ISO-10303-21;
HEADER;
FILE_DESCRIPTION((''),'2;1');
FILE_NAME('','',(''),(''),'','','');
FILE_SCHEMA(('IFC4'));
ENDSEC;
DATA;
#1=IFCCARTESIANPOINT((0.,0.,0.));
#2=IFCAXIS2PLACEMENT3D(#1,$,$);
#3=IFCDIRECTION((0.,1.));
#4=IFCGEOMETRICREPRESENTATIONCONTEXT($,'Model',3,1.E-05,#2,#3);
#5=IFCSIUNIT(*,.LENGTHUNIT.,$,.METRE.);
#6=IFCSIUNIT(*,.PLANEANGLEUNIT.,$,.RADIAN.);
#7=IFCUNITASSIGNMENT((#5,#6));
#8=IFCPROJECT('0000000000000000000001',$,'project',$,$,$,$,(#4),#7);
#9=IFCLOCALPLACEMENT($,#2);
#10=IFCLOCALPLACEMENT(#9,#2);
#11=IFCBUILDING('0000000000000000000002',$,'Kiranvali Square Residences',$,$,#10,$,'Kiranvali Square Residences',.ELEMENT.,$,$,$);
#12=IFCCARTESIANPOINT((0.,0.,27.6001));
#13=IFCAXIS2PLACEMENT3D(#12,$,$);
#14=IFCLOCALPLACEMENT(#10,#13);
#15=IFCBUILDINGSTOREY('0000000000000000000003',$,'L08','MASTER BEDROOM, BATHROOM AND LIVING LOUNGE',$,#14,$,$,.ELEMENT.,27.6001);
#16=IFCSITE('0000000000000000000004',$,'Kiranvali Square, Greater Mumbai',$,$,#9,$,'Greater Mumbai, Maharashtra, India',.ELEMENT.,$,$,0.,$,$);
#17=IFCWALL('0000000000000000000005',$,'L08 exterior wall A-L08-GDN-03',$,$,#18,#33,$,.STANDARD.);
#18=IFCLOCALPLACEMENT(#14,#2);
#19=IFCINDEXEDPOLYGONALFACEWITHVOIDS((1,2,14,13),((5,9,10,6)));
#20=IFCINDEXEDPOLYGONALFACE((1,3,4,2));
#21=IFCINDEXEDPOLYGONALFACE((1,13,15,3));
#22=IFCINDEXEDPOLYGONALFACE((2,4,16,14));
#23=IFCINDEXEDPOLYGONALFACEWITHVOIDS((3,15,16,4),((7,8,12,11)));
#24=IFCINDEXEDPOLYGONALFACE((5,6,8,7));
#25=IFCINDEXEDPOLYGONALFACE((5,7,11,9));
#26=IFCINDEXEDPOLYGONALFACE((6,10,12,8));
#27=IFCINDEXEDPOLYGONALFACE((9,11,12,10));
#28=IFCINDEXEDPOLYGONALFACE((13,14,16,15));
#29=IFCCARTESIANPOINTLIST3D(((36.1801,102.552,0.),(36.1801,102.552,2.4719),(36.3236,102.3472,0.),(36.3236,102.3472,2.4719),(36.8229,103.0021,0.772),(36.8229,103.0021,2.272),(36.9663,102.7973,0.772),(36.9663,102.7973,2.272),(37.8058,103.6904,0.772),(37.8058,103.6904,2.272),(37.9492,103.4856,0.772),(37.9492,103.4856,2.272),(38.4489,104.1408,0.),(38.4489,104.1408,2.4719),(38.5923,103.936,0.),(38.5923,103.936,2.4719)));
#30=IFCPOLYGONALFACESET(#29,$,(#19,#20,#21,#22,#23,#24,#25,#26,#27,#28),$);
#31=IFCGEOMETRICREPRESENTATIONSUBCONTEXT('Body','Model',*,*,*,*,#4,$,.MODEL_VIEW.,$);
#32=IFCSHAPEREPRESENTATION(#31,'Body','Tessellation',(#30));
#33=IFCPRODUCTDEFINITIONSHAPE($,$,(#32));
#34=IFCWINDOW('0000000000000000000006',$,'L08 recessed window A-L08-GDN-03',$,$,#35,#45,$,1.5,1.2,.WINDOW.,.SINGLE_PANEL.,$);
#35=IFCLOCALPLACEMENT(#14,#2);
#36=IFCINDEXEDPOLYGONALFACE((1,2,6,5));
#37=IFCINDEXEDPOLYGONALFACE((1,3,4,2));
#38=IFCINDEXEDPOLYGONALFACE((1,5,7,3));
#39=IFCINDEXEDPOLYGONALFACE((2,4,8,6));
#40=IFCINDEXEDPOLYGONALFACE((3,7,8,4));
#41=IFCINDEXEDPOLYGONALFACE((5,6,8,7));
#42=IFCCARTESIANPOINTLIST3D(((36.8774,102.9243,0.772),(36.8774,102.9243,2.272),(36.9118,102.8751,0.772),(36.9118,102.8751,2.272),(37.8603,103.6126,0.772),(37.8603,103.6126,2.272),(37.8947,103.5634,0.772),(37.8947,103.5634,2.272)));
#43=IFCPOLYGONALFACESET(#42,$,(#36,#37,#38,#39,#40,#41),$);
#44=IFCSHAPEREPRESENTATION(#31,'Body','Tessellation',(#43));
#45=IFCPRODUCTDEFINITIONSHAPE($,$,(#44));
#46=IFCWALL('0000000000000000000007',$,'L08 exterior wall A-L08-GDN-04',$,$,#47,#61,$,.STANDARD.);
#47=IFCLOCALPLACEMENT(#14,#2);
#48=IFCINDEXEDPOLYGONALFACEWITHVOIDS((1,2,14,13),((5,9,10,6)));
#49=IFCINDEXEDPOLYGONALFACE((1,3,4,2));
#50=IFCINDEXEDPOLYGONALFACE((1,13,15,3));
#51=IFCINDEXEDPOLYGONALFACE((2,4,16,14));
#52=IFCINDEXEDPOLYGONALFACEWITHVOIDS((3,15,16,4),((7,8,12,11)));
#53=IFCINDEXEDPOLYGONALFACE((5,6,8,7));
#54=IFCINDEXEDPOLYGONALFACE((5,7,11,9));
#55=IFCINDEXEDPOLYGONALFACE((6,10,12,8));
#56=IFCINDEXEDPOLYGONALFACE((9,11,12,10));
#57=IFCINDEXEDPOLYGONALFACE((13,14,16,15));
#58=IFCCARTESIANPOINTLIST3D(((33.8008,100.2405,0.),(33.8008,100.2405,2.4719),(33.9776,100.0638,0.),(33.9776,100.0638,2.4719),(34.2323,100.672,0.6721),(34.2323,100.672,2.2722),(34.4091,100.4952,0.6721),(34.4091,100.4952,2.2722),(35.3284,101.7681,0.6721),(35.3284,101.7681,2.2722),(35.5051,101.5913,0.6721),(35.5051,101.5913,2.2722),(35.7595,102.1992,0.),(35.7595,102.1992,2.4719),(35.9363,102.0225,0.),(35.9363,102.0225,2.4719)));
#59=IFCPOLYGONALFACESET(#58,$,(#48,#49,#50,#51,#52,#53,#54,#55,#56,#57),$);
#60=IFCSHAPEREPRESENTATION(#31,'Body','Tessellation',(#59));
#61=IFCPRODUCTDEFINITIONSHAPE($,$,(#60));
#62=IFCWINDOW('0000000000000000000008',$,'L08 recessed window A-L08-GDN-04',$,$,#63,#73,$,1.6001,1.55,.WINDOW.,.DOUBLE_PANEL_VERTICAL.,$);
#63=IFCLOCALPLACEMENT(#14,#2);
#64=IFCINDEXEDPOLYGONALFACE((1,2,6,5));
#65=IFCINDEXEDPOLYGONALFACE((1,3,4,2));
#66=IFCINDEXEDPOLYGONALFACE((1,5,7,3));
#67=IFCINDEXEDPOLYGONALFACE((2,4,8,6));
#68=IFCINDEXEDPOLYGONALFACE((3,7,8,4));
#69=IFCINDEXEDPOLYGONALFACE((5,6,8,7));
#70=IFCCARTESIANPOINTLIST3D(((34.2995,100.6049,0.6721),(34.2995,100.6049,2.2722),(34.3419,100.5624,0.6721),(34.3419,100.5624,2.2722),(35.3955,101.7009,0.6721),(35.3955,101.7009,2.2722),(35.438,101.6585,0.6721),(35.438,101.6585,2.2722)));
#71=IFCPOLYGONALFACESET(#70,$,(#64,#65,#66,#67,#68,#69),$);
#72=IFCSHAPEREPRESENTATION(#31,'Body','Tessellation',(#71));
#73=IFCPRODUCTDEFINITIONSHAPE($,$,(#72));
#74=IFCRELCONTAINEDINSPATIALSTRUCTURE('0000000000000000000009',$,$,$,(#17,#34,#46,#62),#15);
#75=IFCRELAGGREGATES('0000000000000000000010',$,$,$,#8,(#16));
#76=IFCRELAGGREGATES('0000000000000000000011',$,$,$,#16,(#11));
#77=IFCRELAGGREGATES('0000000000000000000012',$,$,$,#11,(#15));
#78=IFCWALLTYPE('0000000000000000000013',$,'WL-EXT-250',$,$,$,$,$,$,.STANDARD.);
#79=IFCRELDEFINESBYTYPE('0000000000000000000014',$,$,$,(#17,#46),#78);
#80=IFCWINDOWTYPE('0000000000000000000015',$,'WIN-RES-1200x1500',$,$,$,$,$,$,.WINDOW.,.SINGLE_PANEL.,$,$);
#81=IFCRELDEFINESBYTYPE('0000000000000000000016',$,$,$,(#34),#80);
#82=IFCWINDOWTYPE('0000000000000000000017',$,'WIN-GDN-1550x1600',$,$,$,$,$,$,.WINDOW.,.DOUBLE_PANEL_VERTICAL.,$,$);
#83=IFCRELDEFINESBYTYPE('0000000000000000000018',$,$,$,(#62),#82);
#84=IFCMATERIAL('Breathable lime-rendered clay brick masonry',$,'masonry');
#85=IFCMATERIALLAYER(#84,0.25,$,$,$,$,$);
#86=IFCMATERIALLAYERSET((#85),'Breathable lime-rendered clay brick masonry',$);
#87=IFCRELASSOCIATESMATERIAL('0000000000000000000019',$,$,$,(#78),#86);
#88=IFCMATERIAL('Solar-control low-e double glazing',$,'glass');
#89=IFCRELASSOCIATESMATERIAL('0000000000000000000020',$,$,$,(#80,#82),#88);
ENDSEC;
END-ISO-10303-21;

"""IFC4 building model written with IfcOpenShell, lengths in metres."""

from ifc_helpers import new_model, si_unit, direction, frame, frame_2d, origin, place, context, subcontext, project, spatial, rectangle, extrude, material, layer, layer_set, type_object, element, fill, save


model = new_model("IFC4")

# Units and contexts
model_context = context("Model", 3, precision=1e-05, world=origin(), true_north=direction((0.0, 1.0)))
body_context = subcontext(model_context, "Body", "Model", "MODEL_VIEW")
ifc_project = project(units=[si_unit("LENGTHUNIT", "METRE"), si_unit("PLANEANGLEUNIT", "RADIAN")], contexts=[model_context])

# Site, building, storey
site_placement = place(None, origin())
site = spatial("IfcSite", under=ifc_project, at=site_placement, Name="Kiranvali Square, Greater Mumbai", LongName="Greater Mumbai, Maharashtra, India", CompositionType="ELEMENT", RefElevation=0.0)
building_placement = place(site_placement, origin())
building = spatial("IfcBuilding", under=site, at=building_placement, Name="Kiranvali Square Residences", LongName="Kiranvali Square Residences", CompositionType="ELEMENT")
storey_placement = place(building_placement, frame((0.0, 0.0, 27.6001)))
storey = spatial("IfcBuildingStorey", under=building, at=storey_placement, Name="L08", Description="MASTER BEDROOM, BATHROOM AND LIVING LOUNGE", CompositionType="ELEMENT", Elevation=27.6001)

# Walls, openings, windows
ifc_material_1 = material(Name="Breathable lime-rendered clay brick masonry", Category="masonry")
ifc_layer_1 = layer(ifc_material_1, 0.25)
ifc_layer_set_1 = layer_set([ifc_layer_1], Name="Breathable lime-rendered clay brick masonry")
wall_type_1 = type_object("IfcWallType", Name="WL-EXT-250", PredefinedType="STANDARD", material=ifc_layer_set_1)
wall_1_placement = place(storey_placement, frame((38.5205, 104.0383, 0.0), z_axis=(0.0, 0.0, 1.0), x_axis=(-0.819112, -0.573634, 0.0)))
wall_1 = element("IfcWall", 1, at=wall_1_placement, inside=storey, type_object=wall_type_1, Name="L08 exterior wall A-L08-GDN-03", PredefinedType="STANDARD", context=body_context, shape_type="SweptSolid", body=[
    extrude(rectangle(XDim=2.7698, YDim=0.25, at=frame_2d((1.3848, 0.0))), origin(), (0.0, 0.0, 1.0), 2.4719),
])
opening_1_placement = place(wall_1_placement, frame((0.7849, 0.0, 0.772)))
opening_1 = element("IfcOpeningElement", 2, at=opening_1_placement, cuts=wall_1, PredefinedType="OPENING", context=body_context, shape_type="SweptSolid", body=[
    extrude(rectangle(XDim=1.2, YDim=1.5, at=frame_2d((0.6001, 0.75))), frame((0.0, 0.135, 0.0), z_axis=(0.0, -1.0, 0.0), x_axis=(1.0, 0.0, 0.0)), (0.0, 0.0, 1.0), 0.27),
])
ifc_material_2 = material(Name="Solar-control low-e double glazing", Category="glass")
window_type_1 = type_object("IfcWindowType", Name="WIN-RES-1200x1500", PartitioningType="SINGLE_PANEL", PredefinedType="WINDOW", material=ifc_material_2)
window_1_placement = place(opening_1_placement, origin())
window_1 = element("IfcWindow", 3, at=window_1_placement, inside=storey, type_object=window_type_1, Name="L08 recessed window A-L08-GDN-03", OverallHeight=1.5, OverallWidth=1.2, PartitioningType="SINGLE_PANEL", PredefinedType="WINDOW", context=body_context, shape_type="SweptSolid", body=[
    extrude(rectangle(XDim=1.2, YDim=1.5, at=frame_2d((0.6001, 0.75))), frame((0.0, 0.03, 0.0), z_axis=(0.0, -1.0, 0.0), x_axis=(1.0, 0.0, 0.0)), (0.0, 0.0, 1.0), 0.0601),
])
fill(opening_1, window_1)
wall_2_placement = place(storey_placement, frame((35.8479, 102.1108, 0.0), z_axis=(0.0, 0.0, 1.0), x_axis=(-0.707107, -0.707107, 0.0)))
wall_2 = element("IfcWall", 4, at=wall_2_placement, inside=storey, type_object=wall_type_1, Name="L08 exterior wall A-L08-GDN-04", PredefinedType="STANDARD", context=body_context, shape_type="SweptSolid", body=[
    extrude(rectangle(XDim=2.77, YDim=0.25, at=frame_2d((1.385, 0.0))), origin(), (0.0, 0.0, 1.0), 2.4719),
])
opening_2_placement = place(wall_2_placement, frame((0.6099, 0.0, 0.6721)))
opening_2 = element("IfcOpeningElement", 5, at=opening_2_placement, cuts=wall_2, PredefinedType="OPENING", context=body_context, shape_type="SweptSolid", body=[
    extrude(rectangle(XDim=1.55, YDim=1.6001, at=frame_2d((0.7749, 0.8))), frame((0.0, 0.135, 0.0), z_axis=(0.0, -1.0, 0.0), x_axis=(1.0, 0.0, 0.0)), (0.0, 0.0, 1.0), 0.27),
])
window_type_2 = type_object("IfcWindowType", Name="WIN-GDN-1550x1600", PartitioningType="DOUBLE_PANEL_VERTICAL", PredefinedType="WINDOW", material=ifc_material_2)
window_2_placement = place(opening_2_placement, origin())
window_2 = element("IfcWindow", 6, at=window_2_placement, inside=storey, type_object=window_type_2, Name="L08 recessed window A-L08-GDN-04", OverallHeight=1.6001, OverallWidth=1.55, PartitioningType="DOUBLE_PANEL_VERTICAL", PredefinedType="WINDOW", context=body_context, shape_type="SweptSolid", body=[
    extrude(rectangle(XDim=1.55, YDim=1.6001, at=frame_2d((0.7749, 0.8))), frame((0.0, 0.03, 0.0), z_axis=(0.0, -1.0, 0.0), x_axis=(1.0, 0.0, 0.0)), (0.0, 0.0, 1.0), 0.0601),
])
fill(opening_2, window_2)

save(model, "model.ifc")
